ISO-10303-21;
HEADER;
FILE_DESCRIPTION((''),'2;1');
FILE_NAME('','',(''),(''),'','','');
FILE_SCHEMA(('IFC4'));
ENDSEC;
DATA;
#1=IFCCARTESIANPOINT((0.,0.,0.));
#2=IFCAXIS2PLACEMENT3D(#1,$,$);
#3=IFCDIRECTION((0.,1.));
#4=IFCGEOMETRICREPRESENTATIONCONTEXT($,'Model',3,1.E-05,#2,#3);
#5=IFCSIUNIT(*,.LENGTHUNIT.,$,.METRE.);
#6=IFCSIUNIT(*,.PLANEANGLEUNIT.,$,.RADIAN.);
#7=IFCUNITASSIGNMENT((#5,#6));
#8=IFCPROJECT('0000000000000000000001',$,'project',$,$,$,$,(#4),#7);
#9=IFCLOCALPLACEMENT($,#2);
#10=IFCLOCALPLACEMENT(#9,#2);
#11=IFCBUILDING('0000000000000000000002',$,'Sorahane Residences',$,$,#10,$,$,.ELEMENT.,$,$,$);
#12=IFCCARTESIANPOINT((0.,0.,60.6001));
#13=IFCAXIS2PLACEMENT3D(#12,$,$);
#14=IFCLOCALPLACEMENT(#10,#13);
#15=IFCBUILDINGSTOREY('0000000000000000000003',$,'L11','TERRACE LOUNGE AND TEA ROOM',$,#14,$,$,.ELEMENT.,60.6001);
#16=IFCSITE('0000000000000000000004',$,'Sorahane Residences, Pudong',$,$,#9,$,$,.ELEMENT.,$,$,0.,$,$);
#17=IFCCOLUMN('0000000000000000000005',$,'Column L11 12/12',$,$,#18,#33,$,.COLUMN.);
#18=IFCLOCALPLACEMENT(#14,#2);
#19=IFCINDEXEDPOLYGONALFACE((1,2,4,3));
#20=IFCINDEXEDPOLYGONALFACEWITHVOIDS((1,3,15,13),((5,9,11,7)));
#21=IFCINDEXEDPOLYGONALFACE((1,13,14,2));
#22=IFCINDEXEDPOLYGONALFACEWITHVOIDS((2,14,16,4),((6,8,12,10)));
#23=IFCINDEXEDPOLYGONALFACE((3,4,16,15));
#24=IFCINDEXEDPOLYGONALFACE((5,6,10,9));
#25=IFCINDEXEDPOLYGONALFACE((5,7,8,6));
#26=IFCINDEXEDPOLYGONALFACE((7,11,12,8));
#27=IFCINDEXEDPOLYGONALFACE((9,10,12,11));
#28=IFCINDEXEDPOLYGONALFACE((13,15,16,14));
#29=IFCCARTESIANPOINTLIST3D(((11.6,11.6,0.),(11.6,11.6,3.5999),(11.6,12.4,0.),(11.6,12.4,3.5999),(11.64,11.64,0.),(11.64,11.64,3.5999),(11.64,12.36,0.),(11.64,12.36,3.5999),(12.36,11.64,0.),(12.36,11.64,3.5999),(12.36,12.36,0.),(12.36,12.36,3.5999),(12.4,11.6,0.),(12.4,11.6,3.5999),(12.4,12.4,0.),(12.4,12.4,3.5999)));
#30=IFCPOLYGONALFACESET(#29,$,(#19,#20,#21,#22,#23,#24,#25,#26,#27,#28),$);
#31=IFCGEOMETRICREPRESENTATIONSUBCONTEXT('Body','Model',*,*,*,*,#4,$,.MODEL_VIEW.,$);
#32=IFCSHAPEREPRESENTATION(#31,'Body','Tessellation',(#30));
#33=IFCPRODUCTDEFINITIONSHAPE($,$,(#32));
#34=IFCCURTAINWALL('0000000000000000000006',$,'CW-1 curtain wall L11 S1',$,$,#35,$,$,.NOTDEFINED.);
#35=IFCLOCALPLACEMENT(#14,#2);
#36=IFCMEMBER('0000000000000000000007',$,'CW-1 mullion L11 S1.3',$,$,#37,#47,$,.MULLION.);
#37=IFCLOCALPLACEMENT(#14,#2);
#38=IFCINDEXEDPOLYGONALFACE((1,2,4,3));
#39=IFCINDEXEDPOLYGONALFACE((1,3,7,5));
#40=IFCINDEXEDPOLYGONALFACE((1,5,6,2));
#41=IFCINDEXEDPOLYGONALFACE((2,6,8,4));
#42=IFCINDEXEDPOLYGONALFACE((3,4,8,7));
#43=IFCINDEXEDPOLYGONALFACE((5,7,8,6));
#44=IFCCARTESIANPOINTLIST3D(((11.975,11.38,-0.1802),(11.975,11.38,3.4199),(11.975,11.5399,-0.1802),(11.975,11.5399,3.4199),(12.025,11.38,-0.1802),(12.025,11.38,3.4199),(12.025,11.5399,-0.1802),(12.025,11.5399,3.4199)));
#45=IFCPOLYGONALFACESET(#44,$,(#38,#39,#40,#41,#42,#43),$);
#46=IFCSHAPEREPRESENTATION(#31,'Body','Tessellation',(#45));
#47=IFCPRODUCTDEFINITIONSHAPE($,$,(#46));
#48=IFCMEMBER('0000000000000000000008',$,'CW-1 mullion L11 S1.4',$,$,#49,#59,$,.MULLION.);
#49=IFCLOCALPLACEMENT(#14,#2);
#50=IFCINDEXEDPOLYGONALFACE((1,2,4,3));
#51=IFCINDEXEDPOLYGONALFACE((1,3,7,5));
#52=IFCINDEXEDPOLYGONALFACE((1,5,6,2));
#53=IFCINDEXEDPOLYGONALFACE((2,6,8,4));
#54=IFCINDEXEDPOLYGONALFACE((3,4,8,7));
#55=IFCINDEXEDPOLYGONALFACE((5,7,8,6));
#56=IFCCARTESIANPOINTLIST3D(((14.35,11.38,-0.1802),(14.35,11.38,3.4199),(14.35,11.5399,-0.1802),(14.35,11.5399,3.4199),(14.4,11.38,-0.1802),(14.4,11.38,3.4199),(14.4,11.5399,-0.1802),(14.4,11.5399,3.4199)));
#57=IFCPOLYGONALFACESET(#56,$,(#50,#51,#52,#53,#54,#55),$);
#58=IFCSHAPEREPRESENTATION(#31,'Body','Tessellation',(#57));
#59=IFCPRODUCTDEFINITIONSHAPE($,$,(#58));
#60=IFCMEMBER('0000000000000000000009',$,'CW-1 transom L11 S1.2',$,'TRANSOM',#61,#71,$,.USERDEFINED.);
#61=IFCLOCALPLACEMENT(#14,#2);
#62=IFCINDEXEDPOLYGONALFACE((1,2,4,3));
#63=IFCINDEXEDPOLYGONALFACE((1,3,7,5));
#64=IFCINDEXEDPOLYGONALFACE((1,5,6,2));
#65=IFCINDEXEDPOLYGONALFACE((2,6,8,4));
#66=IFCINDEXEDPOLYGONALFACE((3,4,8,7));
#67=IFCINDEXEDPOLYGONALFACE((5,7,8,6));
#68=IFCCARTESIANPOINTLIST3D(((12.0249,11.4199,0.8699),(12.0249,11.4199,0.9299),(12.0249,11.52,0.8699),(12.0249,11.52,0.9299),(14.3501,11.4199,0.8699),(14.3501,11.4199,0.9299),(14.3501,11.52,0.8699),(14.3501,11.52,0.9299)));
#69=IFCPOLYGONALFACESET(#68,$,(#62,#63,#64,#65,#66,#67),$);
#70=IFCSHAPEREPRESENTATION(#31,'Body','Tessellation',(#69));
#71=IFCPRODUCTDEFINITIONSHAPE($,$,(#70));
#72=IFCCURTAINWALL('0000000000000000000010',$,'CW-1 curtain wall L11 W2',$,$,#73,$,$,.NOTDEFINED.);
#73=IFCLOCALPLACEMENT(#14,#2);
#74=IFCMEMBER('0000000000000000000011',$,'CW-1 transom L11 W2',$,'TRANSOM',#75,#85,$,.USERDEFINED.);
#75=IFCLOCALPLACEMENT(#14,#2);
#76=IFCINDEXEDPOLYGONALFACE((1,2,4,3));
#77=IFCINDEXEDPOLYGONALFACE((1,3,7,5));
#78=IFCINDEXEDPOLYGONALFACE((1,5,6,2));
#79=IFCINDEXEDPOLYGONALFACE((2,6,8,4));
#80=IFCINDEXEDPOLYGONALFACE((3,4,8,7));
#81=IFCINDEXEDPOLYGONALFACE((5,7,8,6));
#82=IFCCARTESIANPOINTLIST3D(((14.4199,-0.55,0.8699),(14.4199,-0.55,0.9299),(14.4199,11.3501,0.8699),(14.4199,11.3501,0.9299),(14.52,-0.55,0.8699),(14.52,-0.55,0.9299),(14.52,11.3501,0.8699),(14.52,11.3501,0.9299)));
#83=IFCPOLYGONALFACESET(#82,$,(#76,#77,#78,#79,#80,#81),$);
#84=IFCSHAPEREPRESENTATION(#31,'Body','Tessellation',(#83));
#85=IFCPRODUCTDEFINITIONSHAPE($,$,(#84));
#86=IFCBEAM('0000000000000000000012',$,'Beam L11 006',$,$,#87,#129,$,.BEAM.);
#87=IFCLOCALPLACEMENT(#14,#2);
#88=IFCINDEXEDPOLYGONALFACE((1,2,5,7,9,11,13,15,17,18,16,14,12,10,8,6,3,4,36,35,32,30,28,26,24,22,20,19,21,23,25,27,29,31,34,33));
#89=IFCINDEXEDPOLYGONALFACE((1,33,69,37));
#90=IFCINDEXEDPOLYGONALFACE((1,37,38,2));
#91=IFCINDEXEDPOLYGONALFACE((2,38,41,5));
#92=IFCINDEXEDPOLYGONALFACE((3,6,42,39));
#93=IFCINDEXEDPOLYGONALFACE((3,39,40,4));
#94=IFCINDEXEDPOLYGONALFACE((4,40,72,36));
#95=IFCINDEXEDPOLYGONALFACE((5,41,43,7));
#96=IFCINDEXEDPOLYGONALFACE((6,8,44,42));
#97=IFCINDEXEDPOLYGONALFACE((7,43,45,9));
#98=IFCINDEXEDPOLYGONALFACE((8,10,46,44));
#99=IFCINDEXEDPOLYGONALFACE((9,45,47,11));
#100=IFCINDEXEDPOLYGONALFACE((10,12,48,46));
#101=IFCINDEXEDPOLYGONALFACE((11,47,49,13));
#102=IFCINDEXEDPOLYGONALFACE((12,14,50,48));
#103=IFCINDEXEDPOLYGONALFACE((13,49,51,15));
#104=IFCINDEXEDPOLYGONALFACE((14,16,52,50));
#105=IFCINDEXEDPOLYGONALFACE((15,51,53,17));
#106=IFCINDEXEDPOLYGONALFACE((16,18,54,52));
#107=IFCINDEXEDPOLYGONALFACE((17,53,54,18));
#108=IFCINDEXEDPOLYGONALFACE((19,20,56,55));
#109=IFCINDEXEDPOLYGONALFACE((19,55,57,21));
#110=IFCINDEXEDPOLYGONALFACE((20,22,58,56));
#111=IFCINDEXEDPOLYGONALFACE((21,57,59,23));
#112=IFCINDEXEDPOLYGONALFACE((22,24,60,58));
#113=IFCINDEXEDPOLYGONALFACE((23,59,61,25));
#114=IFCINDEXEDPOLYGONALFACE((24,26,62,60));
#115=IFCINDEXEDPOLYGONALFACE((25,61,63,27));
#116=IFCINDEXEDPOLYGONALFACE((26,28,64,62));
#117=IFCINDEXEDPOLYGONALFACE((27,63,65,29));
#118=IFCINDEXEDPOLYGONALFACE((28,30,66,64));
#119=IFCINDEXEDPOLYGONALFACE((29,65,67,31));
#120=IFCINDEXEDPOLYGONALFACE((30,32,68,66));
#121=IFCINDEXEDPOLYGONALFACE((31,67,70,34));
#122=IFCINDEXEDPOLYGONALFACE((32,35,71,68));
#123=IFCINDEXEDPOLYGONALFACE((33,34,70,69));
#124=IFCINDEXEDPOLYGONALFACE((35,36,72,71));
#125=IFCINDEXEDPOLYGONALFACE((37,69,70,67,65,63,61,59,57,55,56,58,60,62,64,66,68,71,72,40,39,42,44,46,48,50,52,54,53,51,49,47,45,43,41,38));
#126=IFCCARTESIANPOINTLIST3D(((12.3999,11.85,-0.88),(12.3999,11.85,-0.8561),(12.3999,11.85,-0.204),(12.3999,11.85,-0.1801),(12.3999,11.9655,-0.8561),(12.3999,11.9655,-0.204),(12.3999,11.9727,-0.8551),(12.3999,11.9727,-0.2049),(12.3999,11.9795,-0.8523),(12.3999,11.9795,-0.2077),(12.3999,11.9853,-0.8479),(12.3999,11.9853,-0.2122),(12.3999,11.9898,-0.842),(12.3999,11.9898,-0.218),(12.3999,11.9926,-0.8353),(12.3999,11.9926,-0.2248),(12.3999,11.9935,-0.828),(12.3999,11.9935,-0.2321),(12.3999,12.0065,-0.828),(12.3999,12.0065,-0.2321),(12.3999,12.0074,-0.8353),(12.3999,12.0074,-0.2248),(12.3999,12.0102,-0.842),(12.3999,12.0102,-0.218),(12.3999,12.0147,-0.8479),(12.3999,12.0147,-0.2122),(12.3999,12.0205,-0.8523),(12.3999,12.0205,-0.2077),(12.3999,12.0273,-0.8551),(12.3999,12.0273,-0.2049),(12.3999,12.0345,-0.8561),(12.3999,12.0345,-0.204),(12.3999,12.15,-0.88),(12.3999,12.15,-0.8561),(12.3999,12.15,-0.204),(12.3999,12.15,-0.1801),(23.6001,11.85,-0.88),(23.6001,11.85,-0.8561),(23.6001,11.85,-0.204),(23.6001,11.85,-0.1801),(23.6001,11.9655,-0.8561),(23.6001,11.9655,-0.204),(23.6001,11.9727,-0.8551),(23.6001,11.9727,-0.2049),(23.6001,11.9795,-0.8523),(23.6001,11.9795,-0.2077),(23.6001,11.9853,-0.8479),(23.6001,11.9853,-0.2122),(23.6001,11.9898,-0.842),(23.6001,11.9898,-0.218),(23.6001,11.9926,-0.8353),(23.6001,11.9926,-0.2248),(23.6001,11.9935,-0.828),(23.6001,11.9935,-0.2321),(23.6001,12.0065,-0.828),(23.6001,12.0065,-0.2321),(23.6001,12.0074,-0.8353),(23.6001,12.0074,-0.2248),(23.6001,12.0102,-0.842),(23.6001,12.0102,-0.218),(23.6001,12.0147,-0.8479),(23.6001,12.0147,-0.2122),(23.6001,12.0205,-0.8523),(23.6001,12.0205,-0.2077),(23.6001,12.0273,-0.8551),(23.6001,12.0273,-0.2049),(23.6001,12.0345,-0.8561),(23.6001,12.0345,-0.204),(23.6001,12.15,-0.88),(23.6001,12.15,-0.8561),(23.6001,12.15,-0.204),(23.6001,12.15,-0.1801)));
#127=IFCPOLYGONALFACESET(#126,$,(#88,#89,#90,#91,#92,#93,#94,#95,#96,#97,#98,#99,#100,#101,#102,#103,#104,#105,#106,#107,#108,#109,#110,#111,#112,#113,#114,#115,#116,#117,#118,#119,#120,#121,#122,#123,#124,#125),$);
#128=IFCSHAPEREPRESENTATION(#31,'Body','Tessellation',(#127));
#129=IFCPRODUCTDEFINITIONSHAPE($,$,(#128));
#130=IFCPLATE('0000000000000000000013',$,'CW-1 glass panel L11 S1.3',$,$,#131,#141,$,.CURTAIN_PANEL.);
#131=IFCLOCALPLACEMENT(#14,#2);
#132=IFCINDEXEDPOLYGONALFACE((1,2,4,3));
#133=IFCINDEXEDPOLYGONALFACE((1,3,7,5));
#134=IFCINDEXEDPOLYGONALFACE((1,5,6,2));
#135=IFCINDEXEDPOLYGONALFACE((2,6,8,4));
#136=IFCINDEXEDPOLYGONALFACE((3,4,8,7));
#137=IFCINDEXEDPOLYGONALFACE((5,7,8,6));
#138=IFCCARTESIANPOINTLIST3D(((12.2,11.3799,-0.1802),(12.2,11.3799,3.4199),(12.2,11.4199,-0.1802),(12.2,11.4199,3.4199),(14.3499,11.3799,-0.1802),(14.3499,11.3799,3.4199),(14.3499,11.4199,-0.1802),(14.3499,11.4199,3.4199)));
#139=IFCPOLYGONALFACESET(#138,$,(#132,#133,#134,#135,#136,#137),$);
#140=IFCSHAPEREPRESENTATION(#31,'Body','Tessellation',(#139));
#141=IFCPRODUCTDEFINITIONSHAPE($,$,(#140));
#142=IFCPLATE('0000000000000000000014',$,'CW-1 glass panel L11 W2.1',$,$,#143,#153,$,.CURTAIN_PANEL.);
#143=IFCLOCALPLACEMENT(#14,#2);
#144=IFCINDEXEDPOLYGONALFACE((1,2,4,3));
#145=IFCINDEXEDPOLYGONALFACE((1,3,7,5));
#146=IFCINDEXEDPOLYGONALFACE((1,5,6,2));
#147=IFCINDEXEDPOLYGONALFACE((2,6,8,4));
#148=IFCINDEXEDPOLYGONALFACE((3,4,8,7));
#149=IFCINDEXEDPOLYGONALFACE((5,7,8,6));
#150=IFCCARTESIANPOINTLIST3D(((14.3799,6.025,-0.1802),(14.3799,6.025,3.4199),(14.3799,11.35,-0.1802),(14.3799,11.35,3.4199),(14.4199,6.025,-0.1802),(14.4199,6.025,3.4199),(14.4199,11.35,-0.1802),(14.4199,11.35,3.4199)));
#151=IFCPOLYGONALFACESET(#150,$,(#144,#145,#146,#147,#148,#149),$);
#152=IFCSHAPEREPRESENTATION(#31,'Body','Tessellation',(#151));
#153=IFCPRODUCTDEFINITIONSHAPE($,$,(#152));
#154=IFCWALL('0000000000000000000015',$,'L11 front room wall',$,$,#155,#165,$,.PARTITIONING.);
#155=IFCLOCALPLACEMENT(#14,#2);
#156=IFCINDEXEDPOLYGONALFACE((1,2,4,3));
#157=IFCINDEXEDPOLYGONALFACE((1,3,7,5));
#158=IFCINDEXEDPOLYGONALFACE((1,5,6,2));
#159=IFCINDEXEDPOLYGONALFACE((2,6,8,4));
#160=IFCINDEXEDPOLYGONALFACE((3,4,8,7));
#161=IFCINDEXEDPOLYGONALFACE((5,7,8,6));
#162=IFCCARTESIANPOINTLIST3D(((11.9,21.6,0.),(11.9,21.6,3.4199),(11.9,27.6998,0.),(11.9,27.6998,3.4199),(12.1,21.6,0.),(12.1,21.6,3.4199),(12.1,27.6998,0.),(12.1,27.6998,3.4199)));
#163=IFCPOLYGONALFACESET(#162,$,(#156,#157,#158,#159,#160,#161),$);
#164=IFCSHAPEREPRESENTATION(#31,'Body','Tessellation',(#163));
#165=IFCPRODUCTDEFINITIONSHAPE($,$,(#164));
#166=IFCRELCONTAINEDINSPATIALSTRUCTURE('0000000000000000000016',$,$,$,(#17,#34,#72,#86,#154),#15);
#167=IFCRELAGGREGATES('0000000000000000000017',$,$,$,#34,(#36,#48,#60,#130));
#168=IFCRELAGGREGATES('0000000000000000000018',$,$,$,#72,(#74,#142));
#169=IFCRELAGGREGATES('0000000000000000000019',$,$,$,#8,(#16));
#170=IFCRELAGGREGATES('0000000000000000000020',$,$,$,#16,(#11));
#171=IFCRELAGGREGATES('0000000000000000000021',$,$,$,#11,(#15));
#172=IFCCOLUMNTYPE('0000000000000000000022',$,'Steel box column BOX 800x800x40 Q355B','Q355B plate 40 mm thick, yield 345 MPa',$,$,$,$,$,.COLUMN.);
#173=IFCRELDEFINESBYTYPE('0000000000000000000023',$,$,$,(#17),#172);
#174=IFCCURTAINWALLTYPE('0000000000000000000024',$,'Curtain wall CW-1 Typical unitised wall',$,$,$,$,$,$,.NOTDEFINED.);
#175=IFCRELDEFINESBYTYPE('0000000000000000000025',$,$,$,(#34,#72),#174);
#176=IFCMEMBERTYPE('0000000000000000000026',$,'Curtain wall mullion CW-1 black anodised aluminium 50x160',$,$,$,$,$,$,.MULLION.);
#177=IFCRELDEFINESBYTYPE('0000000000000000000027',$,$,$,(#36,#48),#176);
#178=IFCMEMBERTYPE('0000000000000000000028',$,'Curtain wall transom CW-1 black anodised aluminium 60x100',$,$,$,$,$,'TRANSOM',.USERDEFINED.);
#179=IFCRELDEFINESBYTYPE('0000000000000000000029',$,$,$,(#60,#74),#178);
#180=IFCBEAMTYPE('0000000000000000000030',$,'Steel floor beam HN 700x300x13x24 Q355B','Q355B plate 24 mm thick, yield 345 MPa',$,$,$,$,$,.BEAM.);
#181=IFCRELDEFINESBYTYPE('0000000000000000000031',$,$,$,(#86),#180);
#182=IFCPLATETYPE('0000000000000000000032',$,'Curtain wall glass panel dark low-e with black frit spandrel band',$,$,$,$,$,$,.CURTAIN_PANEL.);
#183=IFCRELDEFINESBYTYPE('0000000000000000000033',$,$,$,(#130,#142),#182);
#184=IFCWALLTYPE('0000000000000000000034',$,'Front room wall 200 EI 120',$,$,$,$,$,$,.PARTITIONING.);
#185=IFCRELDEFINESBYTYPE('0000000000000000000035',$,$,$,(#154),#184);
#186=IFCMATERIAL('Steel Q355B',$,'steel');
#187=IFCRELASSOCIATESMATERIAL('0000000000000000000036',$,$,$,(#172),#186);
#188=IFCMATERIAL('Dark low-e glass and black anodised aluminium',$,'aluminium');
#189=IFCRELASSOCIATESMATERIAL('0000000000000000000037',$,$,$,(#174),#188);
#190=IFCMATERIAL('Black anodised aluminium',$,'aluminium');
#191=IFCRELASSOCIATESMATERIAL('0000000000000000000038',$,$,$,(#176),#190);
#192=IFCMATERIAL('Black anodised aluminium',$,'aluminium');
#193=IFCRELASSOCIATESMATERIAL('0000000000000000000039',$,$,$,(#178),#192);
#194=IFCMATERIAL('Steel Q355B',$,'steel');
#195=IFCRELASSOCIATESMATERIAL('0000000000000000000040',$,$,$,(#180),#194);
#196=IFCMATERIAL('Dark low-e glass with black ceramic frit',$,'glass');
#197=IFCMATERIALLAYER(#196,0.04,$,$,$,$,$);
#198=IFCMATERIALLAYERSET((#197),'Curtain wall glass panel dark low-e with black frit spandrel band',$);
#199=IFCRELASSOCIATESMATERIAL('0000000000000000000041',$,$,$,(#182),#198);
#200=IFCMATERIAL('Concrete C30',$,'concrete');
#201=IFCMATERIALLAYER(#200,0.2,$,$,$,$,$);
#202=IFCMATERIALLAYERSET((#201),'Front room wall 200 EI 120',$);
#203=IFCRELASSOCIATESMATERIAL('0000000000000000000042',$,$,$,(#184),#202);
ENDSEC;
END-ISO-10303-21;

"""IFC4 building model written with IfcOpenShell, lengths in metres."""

from ifc_helpers import new_model, si_unit, direction, frame, frame_2d, origin, origin_2d, place, context, subcontext, project, spatial, rectangle, hollow_rectangle, i_section, extrude, material, layer, layer_set, material_profile, profile_set, type_object, element, aggregate, save


model = new_model("IFC4")

# Units and contexts
model_context = context("Model", 3, precision=1e-05, world=origin(), true_north=direction((0.0, 1.0)))
body_context = subcontext(model_context, "Body", "Model", "MODEL_VIEW")
ifc_project = project(units=[si_unit("LENGTHUNIT", "METRE"), si_unit("PLANEANGLEUNIT", "RADIAN")], contexts=[model_context])

# Site, building, storey
site_placement = place(None, origin())
site = spatial("IfcSite", under=ifc_project, at=site_placement, Name="Sorahane Residences, Pudong", CompositionType="ELEMENT", RefElevation=0.0)
building_placement = place(site_placement, origin())
building = spatial("IfcBuilding", under=site, at=building_placement, Name="Sorahane Residences", CompositionType="ELEMENT")
storey_placement = place(building_placement, frame((0.0, 0.0, 60.6001)))
storey = spatial("IfcBuildingStorey", under=building, at=storey_placement, Name="L11", Description="TERRACE LOUNGE AND TEA ROOM", CompositionType="ELEMENT", Elevation=60.6001)

# Column
ifc_material_1 = material(Name="Steel Q355B", Category="steel")
ifc_material_profile_1 = material_profile(ifc_material_1, hollow_rectangle(XDim=0.8, YDim=0.8, WallThickness=0.04, at=origin_2d()), Name="BOX 800x800x40")
ifc_profile_set_1 = profile_set([ifc_material_profile_1], Name="Steel Q355B")
column_type = type_object("IfcColumnType", Name="Steel box column BOX 800x800x40 Q355B", Description="Q355B plate 40 mm thick, yield 345 MPa", PredefinedType="COLUMN", material=ifc_profile_set_1)
column_placement = place(storey_placement, frame((12.0, 12.0, 0.0), z_axis=(0.0, 0.0, 1.0), x_axis=(1.0, 0.0, 0.0)))
element("IfcColumn", 1, at=column_placement, inside=storey, type_object=column_type, Name="Column L11 12/12", PredefinedType="COLUMN", context=body_context, shape_type="SweptSolid", body=[
    extrude(hollow_rectangle(XDim=0.8, YDim=0.8, WallThickness=0.04, at=origin_2d()), origin(), (0.0, 0.0, 1.0), 3.5999),
])

# Curtain wall, members
ifc_material_2 = material(Name="Dark low-e glass and black anodised aluminium", Category="aluminium")
curtain_wall_type = type_object("IfcCurtainWallType", Name="Curtain wall CW-1 Typical unitised wall", PredefinedType="NOTDEFINED", material=ifc_material_2)
curtain_wall_1_placement = place(storey_placement, origin())
curtain_wall_1 = element("IfcCurtainWall", 2, at=curtain_wall_1_placement, inside=storey, type_object=curtain_wall_type, Name="CW-1 curtain wall L11 S1", PredefinedType="NOTDEFINED")
ifc_material_3 = material(Name="Black anodised aluminium", Category="aluminium")
ifc_material_profile_2 = material_profile(ifc_material_3, rectangle(XDim=0.1599, YDim=0.05, at=origin_2d()), Name="Curtain wall mullion CW-1 black anodised aluminium 50x160")
ifc_profile_set_2 = profile_set([ifc_material_profile_2], Name="Black anodised aluminium")
member_type_1 = type_object("IfcMemberType", Name="Curtain wall mullion CW-1 black anodised aluminium 50x160", PredefinedType="MULLION", material=ifc_profile_set_2)
member_1_placement = place(storey_placement, frame((12.0, 11.46, -0.1802), z_axis=(0.0, 0.0, 1.0), x_axis=(0.0, -1.0, 0.0)))
member_1 = element("IfcMember", 3, at=member_1_placement, type_object=member_type_1, Name="CW-1 mullion L11 S1.3", PredefinedType="MULLION", context=body_context, shape_type="SweptSolid", body=[
    extrude(rectangle(XDim=0.1599, YDim=0.05, at=origin_2d()), origin(), (0.0, 0.0, 1.0), 3.6001),
])
member_2_placement = place(storey_placement, frame((14.375, 11.46, -0.1802), z_axis=(0.0, 0.0, 1.0), x_axis=(0.0, -1.0, 0.0)))
member_2 = element("IfcMember", 4, at=member_2_placement, type_object=member_type_1, Name="CW-1 mullion L11 S1.4", PredefinedType="MULLION", context=body_context, shape_type="SweptSolid", body=[
    extrude(rectangle(XDim=0.1599, YDim=0.05, at=origin_2d()), origin(), (0.0, 0.0, 1.0), 3.6001),
])
ifc_material_4 = material(Name="Black anodised aluminium", Category="aluminium")
ifc_material_profile_3 = material_profile(ifc_material_4, rectangle(XDim=0.1001, YDim=0.0601, at=origin_2d()), Name="Curtain wall transom CW-1 black anodised aluminium 60x100")
ifc_profile_set_3 = profile_set([ifc_material_profile_3], Name="Black anodised aluminium")
member_type_2 = type_object("IfcMemberType", Name="Curtain wall transom CW-1 black anodised aluminium 60x100", ElementType="TRANSOM", PredefinedType="USERDEFINED", material=ifc_profile_set_3)
member_3_placement = place(storey_placement, frame((12.0249, 11.47, 0.8999), z_axis=(1.0, 0.0, 0.0), x_axis=(0.0, 1.0, 0.0)))
member_3 = element("IfcMember", 5, at=member_3_placement, type_object=member_type_2, Name="CW-1 transom L11 S1.2", ObjectType="TRANSOM", PredefinedType="USERDEFINED", context=body_context, shape_type="SweptSolid", body=[
    extrude(rectangle(XDim=0.1001, YDim=0.0601, at=origin_2d()), origin(), (0.0, 0.0, 1.0), 2.3252),
])

# Curtain wall, member
curtain_wall_2_placement = place(storey_placement, origin())
curtain_wall_2 = element("IfcCurtainWall", 6, at=curtain_wall_2_placement, inside=storey, type_object=curtain_wall_type, Name="CW-1 curtain wall L11 W2", PredefinedType="NOTDEFINED")
member_4_placement = place(storey_placement, frame((14.47, 11.3501, 0.8999), z_axis=(0.0, -1.0, 0.0), x_axis=(1.0, 0.0, 0.0)))
member_4 = element("IfcMember", 7, at=member_4_placement, type_object=member_type_2, Name="CW-1 transom L11 W2", ObjectType="TRANSOM", PredefinedType="USERDEFINED", context=body_context, shape_type="SweptSolid", body=[
    extrude(rectangle(XDim=0.1001, YDim=0.0601, at=origin_2d()), origin(), (0.0, 0.0, 1.0), 11.9001),
])

# Beam
ifc_material_5 = material(Name="Steel Q355B", Category="steel")
ifc_material_profile_4 = material_profile(ifc_material_5, i_section(OverallWidth=0.3, OverallDepth=0.7, WebThickness=0.0129, FlangeThickness=0.0239, FilletRadius=0.0281, at=origin_2d()), Name="HN 700x300x13x24")
ifc_profile_set_4 = profile_set([ifc_material_profile_4], Name="Steel Q355B")
beam_type = type_object("IfcBeamType", Name="Steel floor beam HN 700x300x13x24 Q355B", Description="Q355B plate 24 mm thick, yield 345 MPa", PredefinedType="BEAM", material=ifc_profile_set_4)
beam_placement = place(storey_placement, frame((12.3999, 12.0, -0.53), z_axis=(1.0, 0.0, 0.0), x_axis=(0.0, 1.0, 0.0)))
element("IfcBeam", 8, at=beam_placement, inside=storey, type_object=beam_type, Name="Beam L11 006", PredefinedType="BEAM", context=body_context, shape_type="SweptSolid", body=[
    extrude(i_section(OverallWidth=0.3, OverallDepth=0.7, WebThickness=0.0129, FlangeThickness=0.0239, FilletRadius=0.0281, at=origin_2d()), origin(), (0.0, 0.0, 1.0), 11.2002),
])

# Plates
ifc_material_6 = material(Name="Dark low-e glass with black ceramic frit", Category="glass")
ifc_layer_1 = layer(ifc_material_6, 0.04)
ifc_layer_set_1 = layer_set([ifc_layer_1], Name="Curtain wall glass panel dark low-e with black frit spandrel band")
plate_type = type_object("IfcPlateType", Name="Curtain wall glass panel dark low-e with black frit spandrel band", PredefinedType="CURTAIN_PANEL", material=ifc_layer_set_1)
plate_1_placement = place(storey_placement, frame((13.2749, 11.3999, -0.1802), z_axis=(0.0, 0.0, 1.0), x_axis=(1.0, 0.0, 0.0)))
plate_1 = element("IfcPlate", 9, at=plate_1_placement, type_object=plate_type, Name="CW-1 glass panel L11 S1.3", PredefinedType="CURTAIN_PANEL", context=body_context, shape_type="SweptSolid", body=[
    extrude(rectangle(XDim=2.1499, YDim=0.04, at=origin_2d()), origin(), (0.0, 0.0, 1.0), 3.6001),
])
aggregate(curtain_wall_1, [member_1, member_2, member_3, plate_1])
plate_2_placement = place(storey_placement, frame((14.3999, 8.6875, -0.1802), z_axis=(0.0, 0.0, 1.0), x_axis=(0.0, -1.0, 0.0)))
plate_2 = element("IfcPlate", 10, at=plate_2_placement, type_object=plate_type, Name="CW-1 glass panel L11 W2.1", PredefinedType="CURTAIN_PANEL", context=body_context, shape_type="SweptSolid", body=[
    extrude(rectangle(XDim=5.325, YDim=0.04, at=origin_2d()), origin(), (0.0, 0.0, 1.0), 3.6001),
])
aggregate(curtain_wall_2, [member_4, plate_2])

# Wall
ifc_material_7 = material(Name="Concrete C30", Category="concrete")
ifc_layer_2 = layer(ifc_material_7, 0.2)
ifc_layer_set_2 = layer_set([ifc_layer_2], Name="Front room wall 200 EI 120")
wall_type_1 = type_object("IfcWallType", Name="Front room wall 200 EI 120", PredefinedType="PARTITIONING", material=ifc_layer_set_2)
wall_1_placement = place(storey_placement, frame((12.0, 21.6001, 0.0), z_axis=(0.0, 0.0, 1.0), x_axis=(0.0, 1.0, 0.0)))
element("IfcWall", 11, at=wall_1_placement, inside=storey, type_object=wall_type_1, Name="L11 front room wall", PredefinedType="PARTITIONING", context=body_context, shape_type="SweptSolid", body=[
    extrude(rectangle(XDim=6.0999, YDim=0.2, at=frame_2d((3.0498, 0.0))), origin(), (0.0, 0.0, 1.0), 3.4199),
])

save(model, "model.ifc")
